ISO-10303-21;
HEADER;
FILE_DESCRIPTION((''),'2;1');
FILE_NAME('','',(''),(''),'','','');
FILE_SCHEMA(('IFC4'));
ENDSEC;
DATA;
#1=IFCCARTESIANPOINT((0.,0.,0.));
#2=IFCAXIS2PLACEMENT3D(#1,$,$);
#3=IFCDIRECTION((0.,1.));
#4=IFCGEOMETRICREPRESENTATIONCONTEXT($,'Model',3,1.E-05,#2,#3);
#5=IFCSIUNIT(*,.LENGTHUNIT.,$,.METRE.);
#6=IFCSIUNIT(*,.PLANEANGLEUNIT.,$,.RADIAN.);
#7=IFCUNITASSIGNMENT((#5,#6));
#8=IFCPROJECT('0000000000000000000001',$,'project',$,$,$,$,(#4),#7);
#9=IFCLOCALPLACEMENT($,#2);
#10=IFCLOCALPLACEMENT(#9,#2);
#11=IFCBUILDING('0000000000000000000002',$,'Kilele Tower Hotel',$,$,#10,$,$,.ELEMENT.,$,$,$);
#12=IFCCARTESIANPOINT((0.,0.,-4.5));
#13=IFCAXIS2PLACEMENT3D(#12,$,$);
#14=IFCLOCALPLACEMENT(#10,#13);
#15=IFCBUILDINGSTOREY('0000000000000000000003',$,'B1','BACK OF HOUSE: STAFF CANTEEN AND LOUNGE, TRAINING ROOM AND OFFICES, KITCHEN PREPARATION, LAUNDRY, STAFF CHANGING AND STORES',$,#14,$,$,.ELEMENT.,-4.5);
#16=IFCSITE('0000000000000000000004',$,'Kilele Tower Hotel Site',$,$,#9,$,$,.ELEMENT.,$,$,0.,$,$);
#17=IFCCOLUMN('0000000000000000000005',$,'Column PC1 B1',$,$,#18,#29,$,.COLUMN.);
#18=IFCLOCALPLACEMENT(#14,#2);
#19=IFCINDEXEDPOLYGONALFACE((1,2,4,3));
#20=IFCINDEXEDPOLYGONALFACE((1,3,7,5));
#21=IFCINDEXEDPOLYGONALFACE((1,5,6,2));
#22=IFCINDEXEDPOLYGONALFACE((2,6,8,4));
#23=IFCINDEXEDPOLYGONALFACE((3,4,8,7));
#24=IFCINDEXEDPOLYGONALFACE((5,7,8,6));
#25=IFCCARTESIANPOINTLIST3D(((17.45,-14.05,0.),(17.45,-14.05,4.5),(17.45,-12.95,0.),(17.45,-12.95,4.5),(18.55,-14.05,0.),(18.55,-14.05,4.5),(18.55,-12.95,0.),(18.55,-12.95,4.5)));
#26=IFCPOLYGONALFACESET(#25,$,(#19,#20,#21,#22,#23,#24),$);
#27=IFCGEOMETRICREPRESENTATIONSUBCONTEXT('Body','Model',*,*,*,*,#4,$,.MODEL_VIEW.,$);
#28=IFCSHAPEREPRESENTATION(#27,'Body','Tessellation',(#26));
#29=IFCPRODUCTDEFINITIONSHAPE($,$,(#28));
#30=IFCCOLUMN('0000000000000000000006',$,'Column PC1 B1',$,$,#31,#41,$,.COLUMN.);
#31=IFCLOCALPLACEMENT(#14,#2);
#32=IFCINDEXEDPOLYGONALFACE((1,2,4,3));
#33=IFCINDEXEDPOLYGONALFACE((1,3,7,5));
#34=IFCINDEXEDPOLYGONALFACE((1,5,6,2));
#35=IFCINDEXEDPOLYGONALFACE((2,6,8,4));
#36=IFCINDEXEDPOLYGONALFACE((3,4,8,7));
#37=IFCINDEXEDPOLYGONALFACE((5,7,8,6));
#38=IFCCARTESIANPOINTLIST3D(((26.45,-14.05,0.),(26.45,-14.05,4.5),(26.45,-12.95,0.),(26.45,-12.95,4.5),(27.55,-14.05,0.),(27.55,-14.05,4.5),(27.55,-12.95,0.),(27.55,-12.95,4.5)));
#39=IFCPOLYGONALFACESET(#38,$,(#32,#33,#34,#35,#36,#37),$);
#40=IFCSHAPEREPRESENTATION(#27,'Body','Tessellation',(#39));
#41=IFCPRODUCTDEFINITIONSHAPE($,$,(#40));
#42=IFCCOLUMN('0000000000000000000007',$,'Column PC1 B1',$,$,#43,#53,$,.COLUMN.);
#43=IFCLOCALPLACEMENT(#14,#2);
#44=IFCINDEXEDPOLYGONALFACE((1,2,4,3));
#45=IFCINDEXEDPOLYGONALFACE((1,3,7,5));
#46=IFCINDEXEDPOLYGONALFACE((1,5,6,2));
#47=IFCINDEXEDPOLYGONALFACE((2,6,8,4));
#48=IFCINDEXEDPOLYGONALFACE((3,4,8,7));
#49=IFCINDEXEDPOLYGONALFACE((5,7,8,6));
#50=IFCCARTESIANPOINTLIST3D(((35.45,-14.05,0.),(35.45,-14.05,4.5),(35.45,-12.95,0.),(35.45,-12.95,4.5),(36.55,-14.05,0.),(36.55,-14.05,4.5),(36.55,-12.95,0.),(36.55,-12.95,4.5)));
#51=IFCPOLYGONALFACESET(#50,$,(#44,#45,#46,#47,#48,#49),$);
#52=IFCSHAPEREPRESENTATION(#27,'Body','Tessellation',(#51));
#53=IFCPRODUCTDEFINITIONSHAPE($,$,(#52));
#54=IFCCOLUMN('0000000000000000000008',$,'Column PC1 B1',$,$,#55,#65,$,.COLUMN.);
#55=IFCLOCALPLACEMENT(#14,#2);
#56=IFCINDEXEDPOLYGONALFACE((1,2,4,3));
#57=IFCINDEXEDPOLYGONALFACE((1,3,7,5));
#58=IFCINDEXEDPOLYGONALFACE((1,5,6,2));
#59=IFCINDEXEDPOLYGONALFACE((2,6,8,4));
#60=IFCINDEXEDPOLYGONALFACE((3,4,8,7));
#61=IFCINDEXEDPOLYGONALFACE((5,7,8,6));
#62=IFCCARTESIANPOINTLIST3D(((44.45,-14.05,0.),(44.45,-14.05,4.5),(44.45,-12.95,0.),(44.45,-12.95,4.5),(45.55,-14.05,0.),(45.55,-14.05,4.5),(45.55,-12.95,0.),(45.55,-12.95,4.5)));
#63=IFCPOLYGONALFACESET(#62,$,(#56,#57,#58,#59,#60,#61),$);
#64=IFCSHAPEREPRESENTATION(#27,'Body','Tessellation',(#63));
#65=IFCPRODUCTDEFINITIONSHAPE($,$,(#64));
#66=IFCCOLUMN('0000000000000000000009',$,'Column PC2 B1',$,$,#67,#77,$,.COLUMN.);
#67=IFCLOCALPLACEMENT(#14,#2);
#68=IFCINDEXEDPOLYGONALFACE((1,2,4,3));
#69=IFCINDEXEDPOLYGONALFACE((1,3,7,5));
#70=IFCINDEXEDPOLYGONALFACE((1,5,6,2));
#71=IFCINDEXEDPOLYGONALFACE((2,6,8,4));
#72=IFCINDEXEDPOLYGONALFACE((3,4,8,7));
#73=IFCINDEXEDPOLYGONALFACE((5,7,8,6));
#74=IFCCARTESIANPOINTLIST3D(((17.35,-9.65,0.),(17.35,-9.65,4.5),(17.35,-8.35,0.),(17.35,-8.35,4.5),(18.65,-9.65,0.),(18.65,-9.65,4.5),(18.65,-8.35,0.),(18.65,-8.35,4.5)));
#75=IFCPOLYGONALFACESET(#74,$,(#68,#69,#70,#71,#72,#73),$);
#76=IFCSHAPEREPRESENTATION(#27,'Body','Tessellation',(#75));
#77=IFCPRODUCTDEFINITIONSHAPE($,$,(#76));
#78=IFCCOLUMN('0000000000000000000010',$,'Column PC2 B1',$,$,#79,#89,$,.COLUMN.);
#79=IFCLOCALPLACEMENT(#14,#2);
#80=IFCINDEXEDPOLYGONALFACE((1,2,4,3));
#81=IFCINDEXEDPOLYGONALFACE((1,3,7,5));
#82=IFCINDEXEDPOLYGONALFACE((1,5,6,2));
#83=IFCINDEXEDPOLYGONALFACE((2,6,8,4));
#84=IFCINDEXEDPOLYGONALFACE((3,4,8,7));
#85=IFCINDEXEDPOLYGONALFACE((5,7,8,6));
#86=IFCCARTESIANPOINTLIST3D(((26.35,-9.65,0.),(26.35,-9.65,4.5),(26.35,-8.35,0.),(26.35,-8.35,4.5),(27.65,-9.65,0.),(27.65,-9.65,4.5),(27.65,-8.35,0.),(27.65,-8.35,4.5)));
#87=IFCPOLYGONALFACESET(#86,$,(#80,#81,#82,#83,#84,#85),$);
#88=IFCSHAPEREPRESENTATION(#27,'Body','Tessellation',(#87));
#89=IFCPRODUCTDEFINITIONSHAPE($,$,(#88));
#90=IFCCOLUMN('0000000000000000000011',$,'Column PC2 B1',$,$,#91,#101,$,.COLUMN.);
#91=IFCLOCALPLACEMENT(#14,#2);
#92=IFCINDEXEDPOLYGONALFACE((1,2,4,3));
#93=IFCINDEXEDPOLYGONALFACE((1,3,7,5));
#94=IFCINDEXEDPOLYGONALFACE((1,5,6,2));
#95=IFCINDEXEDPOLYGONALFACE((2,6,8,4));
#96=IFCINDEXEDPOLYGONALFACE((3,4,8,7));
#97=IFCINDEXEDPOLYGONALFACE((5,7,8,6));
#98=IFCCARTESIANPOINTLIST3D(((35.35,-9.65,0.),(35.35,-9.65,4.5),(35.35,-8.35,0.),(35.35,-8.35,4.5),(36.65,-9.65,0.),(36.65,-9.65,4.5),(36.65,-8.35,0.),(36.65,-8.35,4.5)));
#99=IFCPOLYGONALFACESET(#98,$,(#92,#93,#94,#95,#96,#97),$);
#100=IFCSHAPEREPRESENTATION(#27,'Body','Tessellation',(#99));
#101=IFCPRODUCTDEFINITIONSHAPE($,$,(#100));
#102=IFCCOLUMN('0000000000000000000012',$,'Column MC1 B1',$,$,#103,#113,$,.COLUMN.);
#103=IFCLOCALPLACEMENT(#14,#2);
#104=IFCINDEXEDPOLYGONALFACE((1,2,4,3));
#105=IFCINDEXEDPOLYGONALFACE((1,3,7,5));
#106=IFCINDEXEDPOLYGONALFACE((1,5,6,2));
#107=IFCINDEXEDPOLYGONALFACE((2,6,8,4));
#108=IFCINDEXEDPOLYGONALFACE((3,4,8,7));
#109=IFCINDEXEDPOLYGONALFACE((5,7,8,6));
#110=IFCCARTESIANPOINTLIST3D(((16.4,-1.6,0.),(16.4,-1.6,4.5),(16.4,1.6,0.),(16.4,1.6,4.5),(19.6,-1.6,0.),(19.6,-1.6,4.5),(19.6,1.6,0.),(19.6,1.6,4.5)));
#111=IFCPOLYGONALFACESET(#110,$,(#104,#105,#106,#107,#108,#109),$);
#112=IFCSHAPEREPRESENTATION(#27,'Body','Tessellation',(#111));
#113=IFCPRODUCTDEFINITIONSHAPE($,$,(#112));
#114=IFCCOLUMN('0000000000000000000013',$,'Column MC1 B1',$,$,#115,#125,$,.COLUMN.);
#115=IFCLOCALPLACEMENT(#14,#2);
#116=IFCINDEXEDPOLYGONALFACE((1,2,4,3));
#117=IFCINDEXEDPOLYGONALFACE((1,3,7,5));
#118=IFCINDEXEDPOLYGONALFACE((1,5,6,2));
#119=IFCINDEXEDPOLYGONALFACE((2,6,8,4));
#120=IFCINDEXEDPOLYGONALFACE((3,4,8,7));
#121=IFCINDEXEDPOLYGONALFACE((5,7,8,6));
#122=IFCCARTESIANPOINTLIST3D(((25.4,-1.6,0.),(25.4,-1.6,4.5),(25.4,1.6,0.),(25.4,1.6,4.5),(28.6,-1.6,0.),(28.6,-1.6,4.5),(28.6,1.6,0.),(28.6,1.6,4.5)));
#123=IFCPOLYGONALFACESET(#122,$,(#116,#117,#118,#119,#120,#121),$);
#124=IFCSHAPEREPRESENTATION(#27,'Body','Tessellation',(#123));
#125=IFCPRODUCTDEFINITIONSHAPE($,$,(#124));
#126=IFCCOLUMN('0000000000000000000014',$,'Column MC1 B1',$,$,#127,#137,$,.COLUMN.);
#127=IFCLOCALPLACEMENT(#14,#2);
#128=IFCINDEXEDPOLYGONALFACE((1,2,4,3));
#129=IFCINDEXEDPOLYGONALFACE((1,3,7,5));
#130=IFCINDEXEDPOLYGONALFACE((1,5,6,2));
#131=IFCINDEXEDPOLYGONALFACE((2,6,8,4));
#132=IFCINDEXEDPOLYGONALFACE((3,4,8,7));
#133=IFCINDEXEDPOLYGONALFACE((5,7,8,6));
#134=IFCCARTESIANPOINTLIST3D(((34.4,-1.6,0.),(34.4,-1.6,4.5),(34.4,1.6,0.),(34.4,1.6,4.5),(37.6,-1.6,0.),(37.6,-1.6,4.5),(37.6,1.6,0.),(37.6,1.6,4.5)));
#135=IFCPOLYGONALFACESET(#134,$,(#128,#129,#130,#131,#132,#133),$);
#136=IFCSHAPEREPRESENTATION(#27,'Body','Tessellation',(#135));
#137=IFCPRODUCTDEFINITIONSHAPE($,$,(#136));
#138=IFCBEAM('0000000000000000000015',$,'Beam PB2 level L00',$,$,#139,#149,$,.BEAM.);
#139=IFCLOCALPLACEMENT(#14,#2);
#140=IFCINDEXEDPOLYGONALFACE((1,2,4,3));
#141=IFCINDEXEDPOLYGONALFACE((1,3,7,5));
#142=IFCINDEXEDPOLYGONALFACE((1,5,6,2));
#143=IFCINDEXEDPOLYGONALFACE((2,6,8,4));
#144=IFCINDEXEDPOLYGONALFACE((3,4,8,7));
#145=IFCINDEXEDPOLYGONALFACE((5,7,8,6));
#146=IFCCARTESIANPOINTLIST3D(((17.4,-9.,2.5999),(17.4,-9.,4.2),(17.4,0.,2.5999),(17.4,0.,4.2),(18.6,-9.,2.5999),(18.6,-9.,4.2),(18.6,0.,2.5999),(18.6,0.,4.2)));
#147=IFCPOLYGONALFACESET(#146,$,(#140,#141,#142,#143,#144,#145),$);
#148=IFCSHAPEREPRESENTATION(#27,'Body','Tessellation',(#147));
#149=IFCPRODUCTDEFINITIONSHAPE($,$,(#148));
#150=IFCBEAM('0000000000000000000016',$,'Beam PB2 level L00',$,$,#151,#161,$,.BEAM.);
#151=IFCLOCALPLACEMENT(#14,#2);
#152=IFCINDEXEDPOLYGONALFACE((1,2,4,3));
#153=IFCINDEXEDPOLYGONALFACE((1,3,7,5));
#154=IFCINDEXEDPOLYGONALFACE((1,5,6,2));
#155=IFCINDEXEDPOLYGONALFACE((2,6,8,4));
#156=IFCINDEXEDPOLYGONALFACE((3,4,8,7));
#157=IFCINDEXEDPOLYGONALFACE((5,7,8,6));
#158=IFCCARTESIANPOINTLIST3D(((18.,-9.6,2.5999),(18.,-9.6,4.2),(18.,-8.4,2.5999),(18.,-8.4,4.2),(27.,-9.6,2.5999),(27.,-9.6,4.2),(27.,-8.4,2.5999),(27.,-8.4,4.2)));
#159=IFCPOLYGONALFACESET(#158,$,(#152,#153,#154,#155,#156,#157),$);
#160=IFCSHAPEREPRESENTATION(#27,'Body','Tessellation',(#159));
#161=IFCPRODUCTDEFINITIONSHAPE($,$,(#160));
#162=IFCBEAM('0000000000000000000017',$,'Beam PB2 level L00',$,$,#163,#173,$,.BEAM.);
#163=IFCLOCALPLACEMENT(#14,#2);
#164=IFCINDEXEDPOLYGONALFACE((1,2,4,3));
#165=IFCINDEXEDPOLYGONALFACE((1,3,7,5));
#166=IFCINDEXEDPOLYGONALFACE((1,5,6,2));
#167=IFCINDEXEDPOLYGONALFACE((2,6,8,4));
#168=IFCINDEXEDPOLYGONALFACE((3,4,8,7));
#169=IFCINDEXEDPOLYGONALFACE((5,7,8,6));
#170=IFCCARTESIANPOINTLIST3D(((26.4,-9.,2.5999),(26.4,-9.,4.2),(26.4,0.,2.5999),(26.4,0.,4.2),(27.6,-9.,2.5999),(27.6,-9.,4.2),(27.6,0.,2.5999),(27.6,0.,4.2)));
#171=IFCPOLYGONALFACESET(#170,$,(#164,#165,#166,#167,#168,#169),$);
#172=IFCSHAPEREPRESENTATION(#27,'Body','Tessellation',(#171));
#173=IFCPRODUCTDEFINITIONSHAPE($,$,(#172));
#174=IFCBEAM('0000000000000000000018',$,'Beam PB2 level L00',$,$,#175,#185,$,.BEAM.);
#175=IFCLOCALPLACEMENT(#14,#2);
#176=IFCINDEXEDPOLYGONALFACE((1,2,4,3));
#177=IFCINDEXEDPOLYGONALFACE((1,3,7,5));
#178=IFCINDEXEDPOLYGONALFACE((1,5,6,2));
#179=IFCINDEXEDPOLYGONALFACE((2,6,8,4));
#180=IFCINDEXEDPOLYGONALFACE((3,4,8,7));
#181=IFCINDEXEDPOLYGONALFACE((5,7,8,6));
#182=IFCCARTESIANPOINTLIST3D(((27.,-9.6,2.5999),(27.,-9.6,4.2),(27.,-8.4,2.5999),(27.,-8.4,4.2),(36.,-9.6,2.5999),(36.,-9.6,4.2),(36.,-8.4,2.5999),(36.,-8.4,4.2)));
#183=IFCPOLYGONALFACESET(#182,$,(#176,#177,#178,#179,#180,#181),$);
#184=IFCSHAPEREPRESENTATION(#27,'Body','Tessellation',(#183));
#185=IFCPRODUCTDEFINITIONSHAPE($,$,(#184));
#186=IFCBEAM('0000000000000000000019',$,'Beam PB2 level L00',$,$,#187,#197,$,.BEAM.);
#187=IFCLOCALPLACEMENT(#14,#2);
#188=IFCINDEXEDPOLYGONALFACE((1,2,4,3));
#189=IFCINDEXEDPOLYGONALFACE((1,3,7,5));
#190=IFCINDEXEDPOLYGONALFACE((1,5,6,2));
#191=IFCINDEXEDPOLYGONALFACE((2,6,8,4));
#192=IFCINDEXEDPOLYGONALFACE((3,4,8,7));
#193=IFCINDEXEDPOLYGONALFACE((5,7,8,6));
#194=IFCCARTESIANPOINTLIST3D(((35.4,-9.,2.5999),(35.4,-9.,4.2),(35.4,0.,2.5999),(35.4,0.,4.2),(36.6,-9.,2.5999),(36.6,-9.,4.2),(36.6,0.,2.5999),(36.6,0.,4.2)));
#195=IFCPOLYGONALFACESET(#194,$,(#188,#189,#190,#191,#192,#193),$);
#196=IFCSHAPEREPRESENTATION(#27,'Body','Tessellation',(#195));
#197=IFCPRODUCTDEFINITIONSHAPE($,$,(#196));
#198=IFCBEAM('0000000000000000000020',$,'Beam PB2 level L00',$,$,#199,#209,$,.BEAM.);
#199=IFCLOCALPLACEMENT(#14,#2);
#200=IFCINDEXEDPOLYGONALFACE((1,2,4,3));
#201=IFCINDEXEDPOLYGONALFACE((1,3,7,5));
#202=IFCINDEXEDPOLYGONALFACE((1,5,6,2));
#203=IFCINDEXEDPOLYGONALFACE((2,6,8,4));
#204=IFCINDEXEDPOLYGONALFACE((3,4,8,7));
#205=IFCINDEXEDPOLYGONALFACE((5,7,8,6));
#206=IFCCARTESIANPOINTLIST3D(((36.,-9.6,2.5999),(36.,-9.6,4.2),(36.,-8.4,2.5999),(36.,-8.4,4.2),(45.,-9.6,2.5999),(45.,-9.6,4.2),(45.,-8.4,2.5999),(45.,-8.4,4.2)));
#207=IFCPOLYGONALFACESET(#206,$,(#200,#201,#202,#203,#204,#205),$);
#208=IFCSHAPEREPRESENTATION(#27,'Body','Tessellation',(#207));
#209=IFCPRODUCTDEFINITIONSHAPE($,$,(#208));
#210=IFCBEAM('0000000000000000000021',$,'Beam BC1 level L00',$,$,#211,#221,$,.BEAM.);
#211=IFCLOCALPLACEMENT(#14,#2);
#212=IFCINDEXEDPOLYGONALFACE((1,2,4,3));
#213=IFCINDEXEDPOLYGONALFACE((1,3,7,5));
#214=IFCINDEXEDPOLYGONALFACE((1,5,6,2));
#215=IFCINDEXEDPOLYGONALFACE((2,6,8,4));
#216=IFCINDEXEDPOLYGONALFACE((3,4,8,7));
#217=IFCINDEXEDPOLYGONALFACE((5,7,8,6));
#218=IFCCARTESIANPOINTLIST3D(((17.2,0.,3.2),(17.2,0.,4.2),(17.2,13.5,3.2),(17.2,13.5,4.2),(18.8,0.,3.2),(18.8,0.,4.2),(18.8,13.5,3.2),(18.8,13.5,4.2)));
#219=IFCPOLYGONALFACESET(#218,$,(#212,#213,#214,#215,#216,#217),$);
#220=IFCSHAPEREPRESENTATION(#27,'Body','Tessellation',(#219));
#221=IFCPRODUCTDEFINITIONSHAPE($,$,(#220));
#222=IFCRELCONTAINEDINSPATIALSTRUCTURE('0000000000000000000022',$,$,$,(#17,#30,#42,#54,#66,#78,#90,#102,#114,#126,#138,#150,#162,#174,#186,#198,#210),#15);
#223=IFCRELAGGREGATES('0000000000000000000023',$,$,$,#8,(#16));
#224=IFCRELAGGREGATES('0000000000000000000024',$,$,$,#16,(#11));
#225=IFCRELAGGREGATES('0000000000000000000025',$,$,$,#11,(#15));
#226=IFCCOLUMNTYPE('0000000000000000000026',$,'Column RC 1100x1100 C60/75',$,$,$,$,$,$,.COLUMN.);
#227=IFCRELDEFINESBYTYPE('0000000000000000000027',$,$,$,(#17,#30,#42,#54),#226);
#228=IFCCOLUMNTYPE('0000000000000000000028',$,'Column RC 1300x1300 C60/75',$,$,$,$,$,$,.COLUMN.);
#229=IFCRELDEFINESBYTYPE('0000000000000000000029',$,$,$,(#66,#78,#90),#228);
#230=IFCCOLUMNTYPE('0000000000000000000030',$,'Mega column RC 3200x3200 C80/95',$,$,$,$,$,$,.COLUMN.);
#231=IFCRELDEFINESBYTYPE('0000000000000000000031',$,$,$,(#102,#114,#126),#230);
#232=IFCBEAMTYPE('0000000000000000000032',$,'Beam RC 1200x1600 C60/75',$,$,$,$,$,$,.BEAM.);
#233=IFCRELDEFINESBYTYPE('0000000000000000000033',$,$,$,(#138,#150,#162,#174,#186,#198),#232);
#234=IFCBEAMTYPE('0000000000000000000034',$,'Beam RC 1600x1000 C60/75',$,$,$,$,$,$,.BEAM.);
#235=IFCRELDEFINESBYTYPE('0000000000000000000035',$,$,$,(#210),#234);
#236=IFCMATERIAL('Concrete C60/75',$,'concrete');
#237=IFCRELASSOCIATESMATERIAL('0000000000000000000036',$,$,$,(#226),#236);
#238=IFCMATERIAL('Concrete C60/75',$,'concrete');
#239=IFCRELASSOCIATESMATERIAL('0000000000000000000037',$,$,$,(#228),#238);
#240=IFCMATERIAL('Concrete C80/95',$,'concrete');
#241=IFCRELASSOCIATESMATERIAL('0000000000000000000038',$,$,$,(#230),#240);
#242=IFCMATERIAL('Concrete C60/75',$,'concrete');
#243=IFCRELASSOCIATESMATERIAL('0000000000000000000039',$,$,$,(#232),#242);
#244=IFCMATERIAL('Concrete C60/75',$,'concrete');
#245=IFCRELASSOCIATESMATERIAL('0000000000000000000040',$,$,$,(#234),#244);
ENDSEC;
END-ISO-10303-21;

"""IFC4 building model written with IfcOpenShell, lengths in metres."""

from ifc_helpers import new_model, si_unit, direction, frame, origin, origin_2d, place, context, subcontext, project, spatial, rectangle, extrude, material, material_profile, profile_set, type_object, element, save


model = new_model("IFC4")

# Units and contexts
model_context = context("Model", 3, precision=1e-05, world=origin(), true_north=direction((0.0, 1.0)))
body_context = subcontext(model_context, "Body", "Model", "MODEL_VIEW")
ifc_project = project(units=[si_unit("LENGTHUNIT", "METRE"), si_unit("PLANEANGLEUNIT", "RADIAN")], contexts=[model_context])

# Site, building, storey
site_placement = place(None, origin())
site = spatial("IfcSite", under=ifc_project, at=site_placement, Name="Kilele Tower Hotel Site", CompositionType="ELEMENT", RefElevation=0.0)
building_placement = place(site_placement, origin())
building = spatial("IfcBuilding", under=site, at=building_placement, Name="Kilele Tower Hotel", CompositionType="ELEMENT")
storey_placement = place(building_placement, frame((0.0, 0.0, -4.5)))
storey = spatial("IfcBuildingStorey", under=building, at=storey_placement, Name="B1", Description="BACK OF HOUSE: STAFF CANTEEN AND LOUNGE, TRAINING ROOM AND OFFICES, KITCHEN PREPARATION, LAUNDRY, STAFF CHANGING AND STORES", CompositionType="ELEMENT", Elevation=-4.5)

# Columns
ifc_material_1 = material(Name="Concrete C60/75", Category="concrete")
ifc_material_profile_1 = material_profile(ifc_material_1, rectangle(XDim=1.1001, YDim=1.1001, at=origin_2d()))
ifc_profile_set_1 = profile_set([ifc_material_profile_1], Name="Concrete C60/75")
column_type_1 = type_object("IfcColumnType", Name="Column RC 1100x1100 C60/75", PredefinedType="COLUMN", material=ifc_profile_set_1)
for number, where, z_axis, x_axis, name in (
    (1, (18.0, -13.5, 0.0), (0.0, 0.0, 1.0), (1.0, 0.0, 0.0), "Column PC1 B1"),
    (2, (27.0, -13.5, 0.0), (0.0, 0.0, 1.0), (1.0, 0.0, 0.0), "Column PC1 B1"),
    (3, (36.0, -13.5, 0.0), (0.0, 0.0, 1.0), (1.0, 0.0, 0.0), "Column PC1 B1"),
    (4, (45.0, -13.5, 0.0), (0.0, 0.0, 1.0), (1.0, 0.0, 0.0), "Column PC1 B1"),
):
    element("IfcColumn", number, at=place(storey_placement, frame(where, z_axis=z_axis, x_axis=x_axis)), inside=storey, type_object=column_type_1, Name=name, PredefinedType="COLUMN", context=body_context, shape_type="SweptSolid", body=[
        extrude(rectangle(XDim=1.1001, YDim=1.1001, at=origin_2d()), origin(), (0.0, 0.0, 1.0), 4.5),
    ])
ifc_material_2 = material(Name="Concrete C60/75", Category="concrete")
ifc_material_profile_2 = material_profile(ifc_material_2, rectangle(XDim=1.3, YDim=1.3, at=origin_2d()))
ifc_profile_set_2 = profile_set([ifc_material_profile_2], Name="Concrete C60/75")
column_type_2 = type_object("IfcColumnType", Name="Column RC 1300x1300 C60/75", PredefinedType="COLUMN", material=ifc_profile_set_2)
for number, where, z_axis, x_axis, name in (
    (5, (18.0, -9.0, 0.0), (0.0, 0.0, 1.0), (1.0, 0.0, 0.0), "Column PC2 B1"),
    (6, (27.0, -9.0, 0.0), (0.0, 0.0, 1.0), (1.0, 0.0, 0.0), "Column PC2 B1"),
    (7, (36.0, -9.0, 0.0), (0.0, 0.0, 1.0), (1.0, 0.0, 0.0), "Column PC2 B1"),
):
    element("IfcColumn", number, at=place(storey_placement, frame(where, z_axis=z_axis, x_axis=x_axis)), inside=storey, type_object=column_type_2, Name=name, PredefinedType="COLUMN", context=body_context, shape_type="SweptSolid", body=[
        extrude(rectangle(XDim=1.3, YDim=1.3, at=origin_2d()), origin(), (0.0, 0.0, 1.0), 4.5),
    ])
ifc_material_3 = material(Name="Concrete C80/95", Category="concrete")
ifc_material_profile_3 = material_profile(ifc_material_3, rectangle(XDim=3.2, YDim=3.2, at=origin_2d()))
ifc_profile_set_3 = profile_set([ifc_material_profile_3], Name="Concrete C80/95")
column_type_3 = type_object("IfcColumnType", Name="Mega column RC 3200x3200 C80/95", PredefinedType="COLUMN", material=ifc_profile_set_3)
for number, where, z_axis, x_axis, name in (
    (8, (18.0, 0.0, 0.0), (0.0, 0.0, 1.0), (1.0, 0.0, 0.0), "Column MC1 B1"),
    (9, (27.0, 0.0, 0.0), (0.0, 0.0, 1.0), (1.0, 0.0, 0.0), "Column MC1 B1"),
    (10, (36.0, 0.0, 0.0), (0.0, 0.0, 1.0), (1.0, 0.0, 0.0), "Column MC1 B1"),
):
    element("IfcColumn", number, at=place(storey_placement, frame(where, z_axis=z_axis, x_axis=x_axis)), inside=storey, type_object=column_type_3, Name=name, PredefinedType="COLUMN", context=body_context, shape_type="SweptSolid", body=[
        extrude(rectangle(XDim=3.2, YDim=3.2, at=origin_2d()), origin(), (0.0, 0.0, 1.0), 4.5),
    ])

# Beams
ifc_material_4 = material(Name="Concrete C60/75", Category="concrete")
ifc_material_profile_4 = material_profile(ifc_material_4, rectangle(XDim=1.2, YDim=1.6001, at=origin_2d()))
ifc_profile_set_4 = profile_set([ifc_material_profile_4], Name="Concrete C60/75")
beam_type_1 = type_object("IfcBeamType", Name="Beam RC 1200x1600 C60/75", PredefinedType="BEAM", material=ifc_profile_set_4)
for number, where, z_axis, x_axis, name in (
    (11, (18.0, -9.0, 3.3999), (0.0, 1.0, 0.0), (-1.0, 0.0, 0.0), "Beam PB2 level L00"),
    (12, (18.0, -9.0, 3.3999), (1.0, 0.0, 0.0), (0.0, 1.0, 0.0), "Beam PB2 level L00"),
    (13, (27.0, -9.0, 3.3999), (0.0, 1.0, 0.0), (-1.0, 0.0, 0.0), "Beam PB2 level L00"),
    (14, (27.0, -9.0, 3.3999), (1.0, 0.0, 0.0), (0.0, 1.0, 0.0), "Beam PB2 level L00"),
    (15, (36.0, -9.0, 3.3999), (0.0, 1.0, 0.0), (-1.0, 0.0, 0.0), "Beam PB2 level L00"),
    (16, (36.0, -9.0, 3.3999), (1.0, 0.0, 0.0), (0.0, 1.0, 0.0), "Beam PB2 level L00"),
):
    element("IfcBeam", number, at=place(storey_placement, frame(where, z_axis=z_axis, x_axis=x_axis)), inside=storey, type_object=beam_type_1, Name=name, PredefinedType="BEAM", context=body_context, shape_type="SweptSolid", body=[
        extrude(rectangle(XDim=1.2, YDim=1.6001, at=origin_2d()), origin(), (0.0, 0.0, 1.0), 9.0),
    ])
ifc_material_5 = material(Name="Concrete C60/75", Category="concrete")
ifc_material_profile_5 = material_profile(ifc_material_5, rectangle(XDim=1.6001, YDim=1.0, at=origin_2d()))
ifc_profile_set_5 = profile_set([ifc_material_profile_5], Name="Concrete C60/75")
beam_type_2 = type_object("IfcBeamType", Name="Beam RC 1600x1000 C60/75", PredefinedType="BEAM", material=ifc_profile_set_5)
for number, where, z_axis, x_axis, name in (
    (17, (18.0, 0.0, 3.7), (0.0, 1.0, 0.0), (-1.0, 0.0, 0.0), "Beam BC1 level L00"),
):
    element("IfcBeam", number, at=place(storey_placement, frame(where, z_axis=z_axis, x_axis=x_axis)), inside=storey, type_object=beam_type_2, Name=name, PredefinedType="BEAM", context=body_context, shape_type="SweptSolid", body=[
        extrude(rectangle(XDim=1.6001, YDim=1.0, at=origin_2d()), origin(), (0.0, 0.0, 1.0), 13.5),
    ])

save(model, "model.ifc")
